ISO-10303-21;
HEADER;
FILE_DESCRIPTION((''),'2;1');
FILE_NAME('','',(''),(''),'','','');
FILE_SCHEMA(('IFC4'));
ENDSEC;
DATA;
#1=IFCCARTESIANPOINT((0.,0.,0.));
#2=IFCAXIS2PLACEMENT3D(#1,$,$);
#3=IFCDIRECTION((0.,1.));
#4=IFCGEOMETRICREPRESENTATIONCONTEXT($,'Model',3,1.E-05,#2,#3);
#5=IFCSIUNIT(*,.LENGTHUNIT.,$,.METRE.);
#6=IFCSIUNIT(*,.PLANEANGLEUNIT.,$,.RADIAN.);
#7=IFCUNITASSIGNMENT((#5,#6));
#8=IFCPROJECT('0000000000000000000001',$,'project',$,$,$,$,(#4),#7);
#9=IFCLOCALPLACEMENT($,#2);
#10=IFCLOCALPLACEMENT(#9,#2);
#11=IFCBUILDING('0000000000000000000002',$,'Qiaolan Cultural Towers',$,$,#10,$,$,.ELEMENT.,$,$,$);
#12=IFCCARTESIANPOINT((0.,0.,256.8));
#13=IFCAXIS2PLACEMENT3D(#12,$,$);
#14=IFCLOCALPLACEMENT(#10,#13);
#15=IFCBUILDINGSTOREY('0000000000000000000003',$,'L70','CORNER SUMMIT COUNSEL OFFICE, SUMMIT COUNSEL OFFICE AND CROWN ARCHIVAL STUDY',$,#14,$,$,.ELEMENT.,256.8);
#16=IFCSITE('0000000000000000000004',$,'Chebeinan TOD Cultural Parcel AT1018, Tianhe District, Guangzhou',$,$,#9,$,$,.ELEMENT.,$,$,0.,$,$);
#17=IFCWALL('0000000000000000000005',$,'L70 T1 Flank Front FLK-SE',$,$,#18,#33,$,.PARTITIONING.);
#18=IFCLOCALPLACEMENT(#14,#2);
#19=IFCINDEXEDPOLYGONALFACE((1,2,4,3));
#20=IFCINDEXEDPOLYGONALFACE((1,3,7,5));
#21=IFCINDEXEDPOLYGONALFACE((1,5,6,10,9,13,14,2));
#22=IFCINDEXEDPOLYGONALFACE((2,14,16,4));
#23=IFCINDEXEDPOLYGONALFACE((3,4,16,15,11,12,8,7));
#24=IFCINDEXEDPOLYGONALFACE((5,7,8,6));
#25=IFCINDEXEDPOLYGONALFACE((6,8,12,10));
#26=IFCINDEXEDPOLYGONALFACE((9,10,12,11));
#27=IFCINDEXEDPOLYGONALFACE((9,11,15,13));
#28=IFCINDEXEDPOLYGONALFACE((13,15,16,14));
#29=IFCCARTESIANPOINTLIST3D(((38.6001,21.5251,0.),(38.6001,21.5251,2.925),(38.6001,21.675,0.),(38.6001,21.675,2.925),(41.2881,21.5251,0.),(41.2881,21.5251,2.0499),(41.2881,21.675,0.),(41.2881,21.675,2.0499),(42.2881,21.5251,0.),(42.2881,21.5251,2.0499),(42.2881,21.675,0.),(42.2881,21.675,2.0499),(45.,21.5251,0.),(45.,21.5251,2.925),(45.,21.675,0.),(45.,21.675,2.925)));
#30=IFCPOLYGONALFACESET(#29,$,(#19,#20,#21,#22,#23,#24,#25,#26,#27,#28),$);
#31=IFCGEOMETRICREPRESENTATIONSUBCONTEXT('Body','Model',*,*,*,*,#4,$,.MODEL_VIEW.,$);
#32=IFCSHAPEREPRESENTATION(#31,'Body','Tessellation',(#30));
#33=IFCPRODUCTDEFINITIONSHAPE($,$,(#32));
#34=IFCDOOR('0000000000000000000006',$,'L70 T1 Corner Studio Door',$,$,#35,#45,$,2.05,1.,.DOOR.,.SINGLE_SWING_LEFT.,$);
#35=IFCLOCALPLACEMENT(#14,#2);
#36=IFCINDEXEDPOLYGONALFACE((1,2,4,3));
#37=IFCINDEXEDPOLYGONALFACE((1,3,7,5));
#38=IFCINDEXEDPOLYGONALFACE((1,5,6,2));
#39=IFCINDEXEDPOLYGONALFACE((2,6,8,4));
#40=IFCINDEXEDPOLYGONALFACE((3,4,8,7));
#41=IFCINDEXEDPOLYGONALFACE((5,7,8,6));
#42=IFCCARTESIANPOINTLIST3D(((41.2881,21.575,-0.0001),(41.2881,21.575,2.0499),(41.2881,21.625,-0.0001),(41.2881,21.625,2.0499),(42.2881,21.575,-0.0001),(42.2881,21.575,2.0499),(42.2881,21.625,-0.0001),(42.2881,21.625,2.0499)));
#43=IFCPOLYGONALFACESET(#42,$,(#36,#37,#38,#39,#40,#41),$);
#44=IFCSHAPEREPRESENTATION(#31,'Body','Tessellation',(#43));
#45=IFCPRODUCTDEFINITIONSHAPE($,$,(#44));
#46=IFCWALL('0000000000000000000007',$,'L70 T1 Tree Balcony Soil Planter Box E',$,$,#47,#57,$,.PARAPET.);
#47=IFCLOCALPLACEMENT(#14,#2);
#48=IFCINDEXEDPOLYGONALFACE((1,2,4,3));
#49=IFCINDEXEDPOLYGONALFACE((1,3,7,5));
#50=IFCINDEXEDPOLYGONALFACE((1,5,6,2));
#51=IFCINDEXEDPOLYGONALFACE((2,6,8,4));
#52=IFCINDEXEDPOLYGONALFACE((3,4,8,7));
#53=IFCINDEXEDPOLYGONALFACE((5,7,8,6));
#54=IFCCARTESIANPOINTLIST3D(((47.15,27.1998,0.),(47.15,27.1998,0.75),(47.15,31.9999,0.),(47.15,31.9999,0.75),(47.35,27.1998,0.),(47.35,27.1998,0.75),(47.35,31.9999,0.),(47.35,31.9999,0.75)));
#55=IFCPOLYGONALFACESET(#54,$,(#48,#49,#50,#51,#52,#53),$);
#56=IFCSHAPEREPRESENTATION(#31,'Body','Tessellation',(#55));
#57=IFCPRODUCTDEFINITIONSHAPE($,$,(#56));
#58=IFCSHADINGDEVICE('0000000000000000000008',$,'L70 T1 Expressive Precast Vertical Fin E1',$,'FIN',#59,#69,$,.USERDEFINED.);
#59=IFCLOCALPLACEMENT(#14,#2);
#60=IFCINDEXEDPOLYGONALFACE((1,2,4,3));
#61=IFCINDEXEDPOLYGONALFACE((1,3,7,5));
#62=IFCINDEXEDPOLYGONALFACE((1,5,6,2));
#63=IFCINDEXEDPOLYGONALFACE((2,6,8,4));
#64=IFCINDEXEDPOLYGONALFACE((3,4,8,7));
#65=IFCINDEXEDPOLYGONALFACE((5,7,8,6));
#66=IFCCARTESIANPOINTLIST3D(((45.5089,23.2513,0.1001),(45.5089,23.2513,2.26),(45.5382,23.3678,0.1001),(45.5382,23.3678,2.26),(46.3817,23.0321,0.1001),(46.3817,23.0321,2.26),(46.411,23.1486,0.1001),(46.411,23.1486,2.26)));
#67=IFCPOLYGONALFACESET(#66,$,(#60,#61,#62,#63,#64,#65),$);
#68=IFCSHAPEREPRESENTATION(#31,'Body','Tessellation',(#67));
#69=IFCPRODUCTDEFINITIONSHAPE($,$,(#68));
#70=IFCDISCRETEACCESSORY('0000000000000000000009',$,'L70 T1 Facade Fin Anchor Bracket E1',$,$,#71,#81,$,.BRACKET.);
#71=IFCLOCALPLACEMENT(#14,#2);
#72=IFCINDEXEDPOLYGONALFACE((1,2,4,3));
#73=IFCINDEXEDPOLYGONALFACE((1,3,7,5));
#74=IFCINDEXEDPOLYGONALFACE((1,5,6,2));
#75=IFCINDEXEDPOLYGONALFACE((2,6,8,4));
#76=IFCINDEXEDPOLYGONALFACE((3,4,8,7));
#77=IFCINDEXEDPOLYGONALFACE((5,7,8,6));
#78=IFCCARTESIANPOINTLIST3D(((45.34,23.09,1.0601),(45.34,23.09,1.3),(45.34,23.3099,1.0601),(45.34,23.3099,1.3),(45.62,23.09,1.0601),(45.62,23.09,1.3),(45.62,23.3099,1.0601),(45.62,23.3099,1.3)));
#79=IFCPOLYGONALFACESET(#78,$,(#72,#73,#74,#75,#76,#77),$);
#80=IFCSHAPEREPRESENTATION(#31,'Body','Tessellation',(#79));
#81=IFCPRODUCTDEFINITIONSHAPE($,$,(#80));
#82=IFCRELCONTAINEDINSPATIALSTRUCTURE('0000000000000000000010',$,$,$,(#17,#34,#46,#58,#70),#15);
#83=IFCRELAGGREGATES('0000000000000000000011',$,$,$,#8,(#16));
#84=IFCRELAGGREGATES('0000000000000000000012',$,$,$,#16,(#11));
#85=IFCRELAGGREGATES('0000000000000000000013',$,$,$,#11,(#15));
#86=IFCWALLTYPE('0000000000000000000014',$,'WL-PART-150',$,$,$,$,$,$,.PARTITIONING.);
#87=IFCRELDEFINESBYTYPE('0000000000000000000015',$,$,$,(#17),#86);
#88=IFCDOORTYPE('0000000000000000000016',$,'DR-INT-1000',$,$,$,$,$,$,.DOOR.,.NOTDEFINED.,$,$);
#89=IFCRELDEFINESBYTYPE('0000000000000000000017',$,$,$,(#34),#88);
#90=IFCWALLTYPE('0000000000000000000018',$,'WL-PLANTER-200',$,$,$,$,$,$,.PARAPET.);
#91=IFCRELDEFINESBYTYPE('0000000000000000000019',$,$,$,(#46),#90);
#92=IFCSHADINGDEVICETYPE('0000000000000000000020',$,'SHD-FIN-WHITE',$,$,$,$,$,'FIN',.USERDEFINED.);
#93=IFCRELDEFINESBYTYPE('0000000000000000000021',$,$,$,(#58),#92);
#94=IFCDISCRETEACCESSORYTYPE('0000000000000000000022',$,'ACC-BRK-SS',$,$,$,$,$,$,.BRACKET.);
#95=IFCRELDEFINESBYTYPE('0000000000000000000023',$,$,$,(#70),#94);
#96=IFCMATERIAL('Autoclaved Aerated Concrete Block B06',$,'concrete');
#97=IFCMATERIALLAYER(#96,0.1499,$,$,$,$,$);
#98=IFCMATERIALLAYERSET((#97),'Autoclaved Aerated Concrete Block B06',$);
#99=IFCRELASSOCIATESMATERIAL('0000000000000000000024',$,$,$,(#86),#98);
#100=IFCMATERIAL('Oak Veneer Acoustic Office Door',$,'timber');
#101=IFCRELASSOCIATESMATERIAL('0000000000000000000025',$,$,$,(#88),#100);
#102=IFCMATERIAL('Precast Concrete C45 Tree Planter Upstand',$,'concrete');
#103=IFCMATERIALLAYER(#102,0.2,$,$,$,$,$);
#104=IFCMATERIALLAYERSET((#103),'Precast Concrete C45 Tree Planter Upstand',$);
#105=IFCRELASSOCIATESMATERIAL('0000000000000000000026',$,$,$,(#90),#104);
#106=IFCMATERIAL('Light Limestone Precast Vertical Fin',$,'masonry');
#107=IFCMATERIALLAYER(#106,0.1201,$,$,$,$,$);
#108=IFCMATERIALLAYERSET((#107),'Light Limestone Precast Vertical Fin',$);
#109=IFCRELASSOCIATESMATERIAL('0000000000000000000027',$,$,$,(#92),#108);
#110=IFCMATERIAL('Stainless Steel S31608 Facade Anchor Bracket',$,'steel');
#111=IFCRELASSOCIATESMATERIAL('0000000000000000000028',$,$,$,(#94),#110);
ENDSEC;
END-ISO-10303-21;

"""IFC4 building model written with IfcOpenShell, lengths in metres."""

from ifc_helpers import new_model, si_unit, direction, frame, frame_2d, origin, origin_2d, place, context, subcontext, project, spatial, rectangle, extrude, material, layer, layer_set, type_object, element, fill, save


model = new_model("IFC4")

# Units and contexts
model_context = context("Model", 3, precision=1e-05, world=origin(), true_north=direction((0.0, 1.0)))
body_context = subcontext(model_context, "Body", "Model", "MODEL_VIEW")
ifc_project = project(units=[si_unit("LENGTHUNIT", "METRE"), si_unit("PLANEANGLEUNIT", "RADIAN")], contexts=[model_context])

# Site, building, storey
site_placement = place(None, origin())
site = spatial("IfcSite", under=ifc_project, at=site_placement, Name="Chebeinan TOD Cultural Parcel AT1018, Tianhe District, Guangzhou", CompositionType="ELEMENT", RefElevation=0.0)
building_placement = place(site_placement, origin())
building = spatial("IfcBuilding", under=site, at=building_placement, Name="Qiaolan Cultural Towers", CompositionType="ELEMENT")
storey_placement = place(building_placement, frame((0.0, 0.0, 256.8)))
storey = spatial("IfcBuildingStorey", under=building, at=storey_placement, Name="L70", Description="CORNER SUMMIT COUNSEL OFFICE, SUMMIT COUNSEL OFFICE AND CROWN ARCHIVAL STUDY", CompositionType="ELEMENT", Elevation=256.8)

# Shared definitions
ifc_material_1 = material(Name="Autoclaved Aerated Concrete Block B06", Category="concrete")
ifc_layer_1 = layer(ifc_material_1, 0.1499)
ifc_layer_set_1 = layer_set([ifc_layer_1], Name="Autoclaved Aerated Concrete Block B06")
wall_type_1 = type_object("IfcWallType", Name="WL-PART-150", PredefinedType="PARTITIONING", material=ifc_layer_set_1)

# Wall, opening, door
wall_1_placement = place(storey_placement, frame((38.6001, 21.6001, 0.0), z_axis=(0.0, 0.0, 1.0), x_axis=(1.0, 0.0, 0.0)))
wall_1 = element("IfcWall", 1, at=wall_1_placement, inside=storey, type_object=wall_type_1, Name="L70 T1 Flank Front FLK-SE", PredefinedType="PARTITIONING", context=body_context, shape_type="SweptSolid", body=[
    extrude(rectangle(XDim=6.3999, YDim=0.1499, at=frame_2d((3.2, 0.0))), origin(), (0.0, 0.0, 1.0), 2.925),
])
opening_1_placement = place(wall_1_placement, frame((2.688, 0.0, 0.0)))
opening_1 = element("IfcOpeningElement", 2, at=opening_1_placement, cuts=wall_1, PredefinedType="OPENING", context=body_context, shape_type="SweptSolid", body=[
    extrude(rectangle(XDim=1.0, YDim=2.05, at=frame_2d((0.5, 1.0249))), frame((0.0, 0.085, 0.0), z_axis=(0.0, -1.0, 0.0), x_axis=(1.0, 0.0, 0.0)), (0.0, 0.0, 1.0), 0.1699),
])
ifc_material_2 = material(Name="Oak Veneer Acoustic Office Door", Category="timber")
door_type_1 = type_object("IfcDoorType", Name="DR-INT-1000", OperationType="NOTDEFINED", PredefinedType="DOOR", material=ifc_material_2)
door_1_placement = place(opening_1_placement, origin())
door_1 = element("IfcDoor", 3, at=door_1_placement, inside=storey, type_object=door_type_1, Name="L70 T1 Corner Studio Door", OperationType="SINGLE_SWING_LEFT", OverallHeight=2.05, OverallWidth=1.0, PredefinedType="DOOR", context=body_context, shape_type="SweptSolid", body=[
    extrude(rectangle(XDim=1.0, YDim=2.05, at=frame_2d((0.5, 1.0249))), frame((0.0, 0.0249, 0.0), z_axis=(0.0, -1.0, 0.0), x_axis=(1.0, 0.0, 0.0)), (0.0, 0.0, 1.0), 0.05),
])
fill(opening_1, door_1)

# Wall
ifc_material_3 = material(Name="Precast Concrete C45 Tree Planter Upstand", Category="concrete")
ifc_layer_2 = layer(ifc_material_3, 0.2)
ifc_layer_set_2 = layer_set([ifc_layer_2], Name="Precast Concrete C45 Tree Planter Upstand")
wall_type_2 = type_object("IfcWallType", Name="WL-PLANTER-200", PredefinedType="PARAPET", material=ifc_layer_set_2)
wall_2_placement = place(storey_placement, frame((47.25, 27.2, 0.0), z_axis=(0.0, 0.0, 1.0), x_axis=(0.0, 1.0, 0.0)))
element("IfcWall", 4, at=wall_2_placement, inside=storey, type_object=wall_type_2, Name="L70 T1 Tree Balcony Soil Planter Box E", PredefinedType="PARAPET", context=body_context, shape_type="SweptSolid", body=[
    extrude(rectangle(XDim=4.8, YDim=0.2, at=frame_2d((2.3999, 0.0))), origin(), (0.0, 0.0, 1.0), 0.75),
])

# Shading device
ifc_material_4 = material(Name="Light Limestone Precast Vertical Fin", Category="masonry")
ifc_layer_3 = layer(ifc_material_4, 0.1201)
ifc_layer_set_3 = layer_set([ifc_layer_3], Name="Light Limestone Precast Vertical Fin")
shading_device_type = type_object("IfcShadingDeviceType", Name="SHD-FIN-WHITE", ElementType="FIN", PredefinedType="USERDEFINED", material=ifc_layer_set_3)
shading_device_placement = place(storey_placement, frame((45.96, 23.2, 0.1001), z_axis=(0.0, 0.0, 1.0), x_axis=(0.969892, -0.243537, 0.0)))
element("IfcShadingDevice", 5, at=shading_device_placement, inside=storey, type_object=shading_device_type, Name="L70 T1 Expressive Precast Vertical Fin E1", ObjectType="FIN", PredefinedType="USERDEFINED", context=body_context, shape_type="SweptSolid", body=[
    extrude(rectangle(XDim=0.8999, YDim=0.1201, at=origin_2d()), origin(), (0.0, 0.0, 1.0), 2.1599),
])

# Discrete accessory
ifc_material_5 = material(Name="Stainless Steel S31608 Facade Anchor Bracket", Category="steel")
discrete_accessory_type = type_object("IfcDiscreteAccessoryType", Name="ACC-BRK-SS", PredefinedType="BRACKET", material=ifc_material_5)
discrete_accessory_placement = place(storey_placement, frame((45.48, 23.2, 1.0601), z_axis=(0.0, 0.0, 1.0), x_axis=(1.0, 0.0, 0.0)))
element("IfcDiscreteAccessory", 6, at=discrete_accessory_placement, inside=storey, type_object=discrete_accessory_type, Name="L70 T1 Facade Fin Anchor Bracket E1", PredefinedType="BRACKET", context=body_context, shape_type="SweptSolid", body=[
    extrude(rectangle(XDim=0.28, YDim=0.22, at=origin_2d()), origin(), (0.0, 0.0, 1.0), 0.24),
])

save(model, "model.ifc")
